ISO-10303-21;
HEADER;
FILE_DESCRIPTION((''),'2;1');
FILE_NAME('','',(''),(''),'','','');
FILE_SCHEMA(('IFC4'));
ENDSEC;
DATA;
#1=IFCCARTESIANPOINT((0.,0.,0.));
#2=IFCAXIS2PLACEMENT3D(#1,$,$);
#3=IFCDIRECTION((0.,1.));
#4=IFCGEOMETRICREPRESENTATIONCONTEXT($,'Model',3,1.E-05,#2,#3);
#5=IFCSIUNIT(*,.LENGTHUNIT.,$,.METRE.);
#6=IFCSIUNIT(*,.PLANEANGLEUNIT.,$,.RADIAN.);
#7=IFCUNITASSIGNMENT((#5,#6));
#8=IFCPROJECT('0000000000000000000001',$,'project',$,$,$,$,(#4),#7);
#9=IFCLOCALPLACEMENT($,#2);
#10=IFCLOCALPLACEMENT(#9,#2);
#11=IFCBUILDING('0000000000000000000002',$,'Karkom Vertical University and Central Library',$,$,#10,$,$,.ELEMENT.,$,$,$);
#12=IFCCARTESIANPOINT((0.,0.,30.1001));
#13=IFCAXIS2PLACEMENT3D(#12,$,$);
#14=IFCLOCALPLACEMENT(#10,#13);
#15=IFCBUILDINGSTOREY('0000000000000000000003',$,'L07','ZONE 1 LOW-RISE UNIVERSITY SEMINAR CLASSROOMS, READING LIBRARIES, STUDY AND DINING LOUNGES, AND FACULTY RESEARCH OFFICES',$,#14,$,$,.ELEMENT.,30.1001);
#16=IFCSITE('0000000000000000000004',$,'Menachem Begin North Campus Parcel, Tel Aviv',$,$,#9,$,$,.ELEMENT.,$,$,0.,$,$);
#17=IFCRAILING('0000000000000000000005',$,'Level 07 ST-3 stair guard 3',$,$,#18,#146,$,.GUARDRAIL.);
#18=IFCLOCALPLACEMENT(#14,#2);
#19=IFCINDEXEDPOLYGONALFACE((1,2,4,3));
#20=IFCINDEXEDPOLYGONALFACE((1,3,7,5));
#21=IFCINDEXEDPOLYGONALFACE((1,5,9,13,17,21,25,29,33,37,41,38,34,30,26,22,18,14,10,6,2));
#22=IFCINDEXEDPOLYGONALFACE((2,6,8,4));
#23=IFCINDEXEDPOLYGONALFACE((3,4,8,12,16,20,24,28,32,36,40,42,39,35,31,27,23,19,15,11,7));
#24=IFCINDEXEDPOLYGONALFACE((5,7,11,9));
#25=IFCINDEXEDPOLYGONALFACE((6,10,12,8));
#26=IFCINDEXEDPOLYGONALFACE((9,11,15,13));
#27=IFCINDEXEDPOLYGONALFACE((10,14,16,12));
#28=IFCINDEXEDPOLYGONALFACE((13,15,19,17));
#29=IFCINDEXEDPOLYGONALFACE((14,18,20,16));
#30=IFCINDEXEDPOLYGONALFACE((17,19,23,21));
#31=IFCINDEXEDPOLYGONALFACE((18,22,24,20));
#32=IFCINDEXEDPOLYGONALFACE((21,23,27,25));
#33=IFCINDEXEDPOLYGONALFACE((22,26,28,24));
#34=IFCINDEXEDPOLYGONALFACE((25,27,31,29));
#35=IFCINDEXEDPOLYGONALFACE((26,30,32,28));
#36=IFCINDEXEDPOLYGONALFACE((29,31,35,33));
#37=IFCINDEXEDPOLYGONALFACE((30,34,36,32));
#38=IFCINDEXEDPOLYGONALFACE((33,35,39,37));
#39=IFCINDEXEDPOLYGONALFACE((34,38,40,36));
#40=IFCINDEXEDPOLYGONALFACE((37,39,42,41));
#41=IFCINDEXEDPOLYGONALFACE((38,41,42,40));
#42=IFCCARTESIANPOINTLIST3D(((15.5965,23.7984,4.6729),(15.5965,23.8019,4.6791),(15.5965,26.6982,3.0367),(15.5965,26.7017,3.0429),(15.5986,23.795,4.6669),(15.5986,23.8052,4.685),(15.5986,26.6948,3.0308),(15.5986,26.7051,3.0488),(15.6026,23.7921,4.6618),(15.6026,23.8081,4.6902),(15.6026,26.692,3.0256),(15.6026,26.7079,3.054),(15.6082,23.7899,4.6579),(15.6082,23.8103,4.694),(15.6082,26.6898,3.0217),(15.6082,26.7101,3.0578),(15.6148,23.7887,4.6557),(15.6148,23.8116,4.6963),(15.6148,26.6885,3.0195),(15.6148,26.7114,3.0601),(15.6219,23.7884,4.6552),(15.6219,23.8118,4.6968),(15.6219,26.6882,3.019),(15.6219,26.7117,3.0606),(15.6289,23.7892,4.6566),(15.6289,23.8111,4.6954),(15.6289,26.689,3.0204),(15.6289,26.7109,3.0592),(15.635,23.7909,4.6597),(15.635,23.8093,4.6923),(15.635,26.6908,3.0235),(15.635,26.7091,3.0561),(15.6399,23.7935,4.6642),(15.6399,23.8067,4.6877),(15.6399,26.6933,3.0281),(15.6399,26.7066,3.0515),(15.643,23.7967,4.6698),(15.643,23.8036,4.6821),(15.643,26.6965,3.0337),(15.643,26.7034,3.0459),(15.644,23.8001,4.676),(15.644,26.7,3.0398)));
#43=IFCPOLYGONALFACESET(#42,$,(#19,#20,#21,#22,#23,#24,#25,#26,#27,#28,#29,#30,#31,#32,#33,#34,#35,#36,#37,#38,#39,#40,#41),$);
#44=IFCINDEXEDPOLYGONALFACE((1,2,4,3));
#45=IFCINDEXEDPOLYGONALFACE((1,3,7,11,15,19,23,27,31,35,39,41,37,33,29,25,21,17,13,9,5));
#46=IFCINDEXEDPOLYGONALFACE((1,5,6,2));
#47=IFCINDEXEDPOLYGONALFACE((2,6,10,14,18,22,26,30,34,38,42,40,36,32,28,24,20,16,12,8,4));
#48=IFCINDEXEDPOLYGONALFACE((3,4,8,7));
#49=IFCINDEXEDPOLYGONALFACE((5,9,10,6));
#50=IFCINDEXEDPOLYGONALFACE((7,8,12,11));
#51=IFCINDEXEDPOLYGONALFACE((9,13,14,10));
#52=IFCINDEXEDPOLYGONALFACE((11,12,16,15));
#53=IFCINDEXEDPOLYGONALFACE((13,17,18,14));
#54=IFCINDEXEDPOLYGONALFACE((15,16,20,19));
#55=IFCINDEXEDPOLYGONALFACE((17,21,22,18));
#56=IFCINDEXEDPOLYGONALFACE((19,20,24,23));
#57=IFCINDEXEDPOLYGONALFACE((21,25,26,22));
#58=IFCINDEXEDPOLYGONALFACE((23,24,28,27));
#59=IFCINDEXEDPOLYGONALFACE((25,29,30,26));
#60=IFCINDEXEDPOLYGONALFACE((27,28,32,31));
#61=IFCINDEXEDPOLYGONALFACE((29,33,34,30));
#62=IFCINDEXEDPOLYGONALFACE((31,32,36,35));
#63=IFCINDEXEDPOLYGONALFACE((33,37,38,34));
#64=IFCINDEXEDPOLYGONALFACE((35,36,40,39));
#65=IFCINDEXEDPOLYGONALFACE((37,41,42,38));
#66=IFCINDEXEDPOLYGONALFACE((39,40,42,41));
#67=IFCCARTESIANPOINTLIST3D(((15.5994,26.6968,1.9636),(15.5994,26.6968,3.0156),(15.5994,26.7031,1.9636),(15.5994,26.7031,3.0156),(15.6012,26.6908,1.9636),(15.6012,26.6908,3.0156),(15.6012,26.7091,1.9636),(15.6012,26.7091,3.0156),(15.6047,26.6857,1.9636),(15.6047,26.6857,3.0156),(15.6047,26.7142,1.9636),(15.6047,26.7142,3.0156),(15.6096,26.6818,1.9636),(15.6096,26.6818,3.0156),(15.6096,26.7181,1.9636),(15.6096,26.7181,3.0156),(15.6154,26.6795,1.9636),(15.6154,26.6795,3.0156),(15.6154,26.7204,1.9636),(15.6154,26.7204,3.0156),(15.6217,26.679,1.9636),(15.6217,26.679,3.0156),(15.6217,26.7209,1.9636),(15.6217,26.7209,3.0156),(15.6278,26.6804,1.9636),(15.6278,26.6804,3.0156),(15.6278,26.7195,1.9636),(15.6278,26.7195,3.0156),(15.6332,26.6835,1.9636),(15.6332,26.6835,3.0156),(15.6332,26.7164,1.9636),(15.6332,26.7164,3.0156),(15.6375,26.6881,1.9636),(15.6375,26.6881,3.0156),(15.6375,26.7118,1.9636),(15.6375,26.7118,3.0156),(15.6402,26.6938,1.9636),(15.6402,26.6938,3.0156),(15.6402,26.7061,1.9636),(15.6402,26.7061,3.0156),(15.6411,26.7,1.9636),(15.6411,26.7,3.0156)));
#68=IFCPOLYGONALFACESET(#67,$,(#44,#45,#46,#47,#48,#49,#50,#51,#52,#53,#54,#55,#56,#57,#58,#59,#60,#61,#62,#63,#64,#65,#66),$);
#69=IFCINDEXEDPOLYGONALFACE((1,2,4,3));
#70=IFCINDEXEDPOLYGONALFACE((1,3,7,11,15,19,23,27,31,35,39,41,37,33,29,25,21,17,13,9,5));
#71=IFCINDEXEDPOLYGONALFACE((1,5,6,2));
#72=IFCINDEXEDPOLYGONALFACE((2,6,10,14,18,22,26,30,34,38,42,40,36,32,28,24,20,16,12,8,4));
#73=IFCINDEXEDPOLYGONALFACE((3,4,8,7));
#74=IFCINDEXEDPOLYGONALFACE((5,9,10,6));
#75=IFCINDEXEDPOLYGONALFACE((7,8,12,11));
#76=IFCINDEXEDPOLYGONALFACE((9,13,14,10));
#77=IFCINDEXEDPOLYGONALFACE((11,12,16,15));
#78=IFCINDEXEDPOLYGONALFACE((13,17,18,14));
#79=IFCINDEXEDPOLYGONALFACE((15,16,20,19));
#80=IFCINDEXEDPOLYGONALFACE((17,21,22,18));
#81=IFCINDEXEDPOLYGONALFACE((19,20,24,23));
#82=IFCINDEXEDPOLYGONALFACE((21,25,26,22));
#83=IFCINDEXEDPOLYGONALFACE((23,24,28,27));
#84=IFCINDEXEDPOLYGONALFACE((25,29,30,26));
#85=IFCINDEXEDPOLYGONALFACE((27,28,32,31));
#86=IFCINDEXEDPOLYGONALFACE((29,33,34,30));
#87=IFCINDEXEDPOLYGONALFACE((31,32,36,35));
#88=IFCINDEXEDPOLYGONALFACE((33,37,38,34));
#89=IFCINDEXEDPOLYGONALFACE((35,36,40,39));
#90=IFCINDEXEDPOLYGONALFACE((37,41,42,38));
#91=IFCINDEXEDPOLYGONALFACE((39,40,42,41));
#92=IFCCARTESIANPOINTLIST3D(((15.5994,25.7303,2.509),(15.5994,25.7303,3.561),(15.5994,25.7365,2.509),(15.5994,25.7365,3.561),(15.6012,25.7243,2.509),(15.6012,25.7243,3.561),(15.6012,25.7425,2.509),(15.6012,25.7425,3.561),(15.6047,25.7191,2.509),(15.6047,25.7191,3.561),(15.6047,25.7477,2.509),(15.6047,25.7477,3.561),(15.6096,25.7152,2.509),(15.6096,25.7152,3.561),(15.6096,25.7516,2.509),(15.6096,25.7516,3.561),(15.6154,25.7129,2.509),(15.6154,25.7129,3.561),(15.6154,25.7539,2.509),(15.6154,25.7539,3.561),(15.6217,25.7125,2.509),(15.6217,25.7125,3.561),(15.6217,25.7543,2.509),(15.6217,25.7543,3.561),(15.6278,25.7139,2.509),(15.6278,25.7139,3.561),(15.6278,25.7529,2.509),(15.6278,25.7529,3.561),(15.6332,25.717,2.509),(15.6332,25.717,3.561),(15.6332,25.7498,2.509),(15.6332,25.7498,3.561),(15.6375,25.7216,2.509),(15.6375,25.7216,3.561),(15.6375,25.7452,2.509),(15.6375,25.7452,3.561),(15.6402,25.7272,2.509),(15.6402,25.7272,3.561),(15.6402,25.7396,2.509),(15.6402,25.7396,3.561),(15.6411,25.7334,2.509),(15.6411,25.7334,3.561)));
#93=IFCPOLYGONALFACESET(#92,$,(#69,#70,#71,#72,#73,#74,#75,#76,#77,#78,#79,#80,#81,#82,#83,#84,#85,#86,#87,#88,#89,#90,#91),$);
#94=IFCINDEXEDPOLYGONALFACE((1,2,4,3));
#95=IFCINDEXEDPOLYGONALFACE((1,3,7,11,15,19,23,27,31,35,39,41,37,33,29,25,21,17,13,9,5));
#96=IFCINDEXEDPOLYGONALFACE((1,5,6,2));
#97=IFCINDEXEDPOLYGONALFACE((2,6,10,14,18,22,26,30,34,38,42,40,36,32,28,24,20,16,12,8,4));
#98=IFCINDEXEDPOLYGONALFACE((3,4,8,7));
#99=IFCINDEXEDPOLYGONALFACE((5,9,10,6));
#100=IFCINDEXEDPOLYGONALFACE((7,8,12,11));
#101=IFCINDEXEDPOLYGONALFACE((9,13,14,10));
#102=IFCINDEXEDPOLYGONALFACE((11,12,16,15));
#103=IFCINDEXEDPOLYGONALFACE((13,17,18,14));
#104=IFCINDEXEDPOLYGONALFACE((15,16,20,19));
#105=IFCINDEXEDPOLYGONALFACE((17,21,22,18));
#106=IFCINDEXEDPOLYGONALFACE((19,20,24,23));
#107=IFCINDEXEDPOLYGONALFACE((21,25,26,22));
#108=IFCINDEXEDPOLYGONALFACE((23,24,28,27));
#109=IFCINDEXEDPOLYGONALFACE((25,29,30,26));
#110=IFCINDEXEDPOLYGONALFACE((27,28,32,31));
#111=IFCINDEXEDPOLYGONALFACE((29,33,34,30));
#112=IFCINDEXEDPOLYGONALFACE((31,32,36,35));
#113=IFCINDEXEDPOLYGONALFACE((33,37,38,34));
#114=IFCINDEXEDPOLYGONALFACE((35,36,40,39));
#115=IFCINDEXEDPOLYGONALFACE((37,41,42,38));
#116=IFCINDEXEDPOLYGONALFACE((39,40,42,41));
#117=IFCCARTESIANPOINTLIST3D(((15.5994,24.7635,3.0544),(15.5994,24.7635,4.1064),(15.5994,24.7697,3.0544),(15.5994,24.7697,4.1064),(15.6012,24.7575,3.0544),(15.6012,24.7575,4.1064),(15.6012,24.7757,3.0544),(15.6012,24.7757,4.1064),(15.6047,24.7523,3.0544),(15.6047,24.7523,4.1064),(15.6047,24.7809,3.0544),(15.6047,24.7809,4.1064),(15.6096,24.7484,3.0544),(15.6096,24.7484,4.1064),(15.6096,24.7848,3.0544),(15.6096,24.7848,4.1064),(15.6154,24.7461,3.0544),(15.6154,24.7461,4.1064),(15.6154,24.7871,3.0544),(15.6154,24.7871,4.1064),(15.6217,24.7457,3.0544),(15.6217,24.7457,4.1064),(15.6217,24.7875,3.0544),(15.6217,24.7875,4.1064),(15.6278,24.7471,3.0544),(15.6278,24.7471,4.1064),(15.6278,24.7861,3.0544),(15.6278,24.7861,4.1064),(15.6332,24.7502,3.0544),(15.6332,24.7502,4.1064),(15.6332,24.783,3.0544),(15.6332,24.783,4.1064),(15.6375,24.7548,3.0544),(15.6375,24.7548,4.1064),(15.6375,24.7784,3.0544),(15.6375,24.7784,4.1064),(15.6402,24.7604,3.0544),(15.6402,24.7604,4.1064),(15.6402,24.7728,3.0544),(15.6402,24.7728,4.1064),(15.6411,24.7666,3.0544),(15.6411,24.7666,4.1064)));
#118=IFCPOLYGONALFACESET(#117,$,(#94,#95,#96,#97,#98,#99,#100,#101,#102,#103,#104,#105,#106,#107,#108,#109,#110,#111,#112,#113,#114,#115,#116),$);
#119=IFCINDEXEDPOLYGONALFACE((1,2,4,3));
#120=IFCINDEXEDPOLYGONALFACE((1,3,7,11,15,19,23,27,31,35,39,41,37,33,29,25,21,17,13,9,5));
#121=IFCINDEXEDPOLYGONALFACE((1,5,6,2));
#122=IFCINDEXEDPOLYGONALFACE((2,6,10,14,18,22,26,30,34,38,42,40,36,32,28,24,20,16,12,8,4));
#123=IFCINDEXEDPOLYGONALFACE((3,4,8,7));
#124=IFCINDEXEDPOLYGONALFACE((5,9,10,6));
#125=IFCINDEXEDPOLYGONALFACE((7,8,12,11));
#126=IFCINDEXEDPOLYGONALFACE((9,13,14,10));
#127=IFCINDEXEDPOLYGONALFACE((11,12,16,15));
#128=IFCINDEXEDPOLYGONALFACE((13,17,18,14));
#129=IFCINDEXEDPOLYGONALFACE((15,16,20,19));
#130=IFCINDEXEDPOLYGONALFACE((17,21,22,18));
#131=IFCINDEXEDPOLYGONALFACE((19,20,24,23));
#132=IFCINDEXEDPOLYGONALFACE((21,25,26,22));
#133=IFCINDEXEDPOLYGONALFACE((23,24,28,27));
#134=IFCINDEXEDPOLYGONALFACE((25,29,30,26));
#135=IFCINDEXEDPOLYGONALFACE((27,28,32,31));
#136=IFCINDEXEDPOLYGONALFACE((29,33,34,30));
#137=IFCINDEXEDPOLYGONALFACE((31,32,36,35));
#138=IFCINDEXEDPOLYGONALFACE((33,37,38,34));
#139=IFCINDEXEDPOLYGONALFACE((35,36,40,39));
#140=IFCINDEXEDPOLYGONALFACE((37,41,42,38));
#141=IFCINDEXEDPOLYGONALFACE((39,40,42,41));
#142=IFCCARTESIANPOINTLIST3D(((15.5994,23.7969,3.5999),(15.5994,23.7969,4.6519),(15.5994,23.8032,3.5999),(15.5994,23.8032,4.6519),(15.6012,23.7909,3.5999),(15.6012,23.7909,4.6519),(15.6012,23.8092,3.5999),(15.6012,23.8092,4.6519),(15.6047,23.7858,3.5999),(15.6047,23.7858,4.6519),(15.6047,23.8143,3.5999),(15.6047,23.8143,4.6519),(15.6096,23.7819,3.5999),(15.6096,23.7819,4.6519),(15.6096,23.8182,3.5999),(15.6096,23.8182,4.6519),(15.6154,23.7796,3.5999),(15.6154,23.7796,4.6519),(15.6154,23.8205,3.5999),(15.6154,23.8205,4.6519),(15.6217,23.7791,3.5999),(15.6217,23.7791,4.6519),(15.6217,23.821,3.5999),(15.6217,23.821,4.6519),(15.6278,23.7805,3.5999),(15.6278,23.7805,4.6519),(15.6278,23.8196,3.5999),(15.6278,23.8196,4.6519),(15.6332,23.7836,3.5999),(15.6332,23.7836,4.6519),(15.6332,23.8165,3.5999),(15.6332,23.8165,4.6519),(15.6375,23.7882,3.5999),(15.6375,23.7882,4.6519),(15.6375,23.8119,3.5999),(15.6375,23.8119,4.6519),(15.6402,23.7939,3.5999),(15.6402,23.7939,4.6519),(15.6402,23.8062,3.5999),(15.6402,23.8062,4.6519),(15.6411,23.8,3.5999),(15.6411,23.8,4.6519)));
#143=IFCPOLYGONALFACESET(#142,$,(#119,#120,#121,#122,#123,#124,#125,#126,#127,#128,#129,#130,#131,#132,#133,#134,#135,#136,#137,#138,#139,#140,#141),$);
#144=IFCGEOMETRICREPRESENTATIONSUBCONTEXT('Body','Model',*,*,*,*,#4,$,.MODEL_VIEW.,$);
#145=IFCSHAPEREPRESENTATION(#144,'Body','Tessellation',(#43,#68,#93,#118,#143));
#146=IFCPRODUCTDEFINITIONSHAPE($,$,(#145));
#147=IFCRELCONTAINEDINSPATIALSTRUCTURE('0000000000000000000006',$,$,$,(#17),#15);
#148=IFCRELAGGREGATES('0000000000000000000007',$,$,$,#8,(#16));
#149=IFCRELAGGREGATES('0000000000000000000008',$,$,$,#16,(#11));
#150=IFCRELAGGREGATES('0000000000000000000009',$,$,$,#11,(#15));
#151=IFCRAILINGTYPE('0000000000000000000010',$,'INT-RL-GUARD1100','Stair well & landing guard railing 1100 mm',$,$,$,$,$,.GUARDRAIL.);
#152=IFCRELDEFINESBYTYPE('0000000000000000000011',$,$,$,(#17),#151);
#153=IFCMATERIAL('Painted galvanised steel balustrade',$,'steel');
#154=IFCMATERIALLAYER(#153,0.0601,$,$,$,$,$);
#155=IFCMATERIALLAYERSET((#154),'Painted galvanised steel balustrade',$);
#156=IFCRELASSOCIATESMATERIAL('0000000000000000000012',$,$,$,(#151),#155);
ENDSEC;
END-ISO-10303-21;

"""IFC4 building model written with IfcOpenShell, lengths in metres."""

from ifc_helpers import new_model, si_unit, direction, frame, origin, origin_2d, place, context, subcontext, project, spatial, circle, extrude, material, layer, layer_set, type_object, element, save


model = new_model("IFC4")

# Units and contexts
model_context = context("Model", 3, precision=1e-05, world=origin(), true_north=direction((0.0, 1.0)))
body_context = subcontext(model_context, "Body", "Model", "MODEL_VIEW")
ifc_project = project(units=[si_unit("LENGTHUNIT", "METRE"), si_unit("PLANEANGLEUNIT", "RADIAN")], contexts=[model_context])

# Site, building, storey
site_placement = place(None, origin())
site = spatial("IfcSite", under=ifc_project, at=site_placement, Name="Menachem Begin North Campus Parcel, Tel Aviv", CompositionType="ELEMENT", RefElevation=0.0)
building_placement = place(site_placement, origin())
building = spatial("IfcBuilding", under=site, at=building_placement, Name="Karkom Vertical University and Central Library", CompositionType="ELEMENT")
storey_placement = place(building_placement, frame((0.0, 0.0, 30.1001)))
storey = spatial("IfcBuildingStorey", under=building, at=storey_placement, Name="L07", Description="ZONE 1 LOW-RISE UNIVERSITY SEMINAR CLASSROOMS, READING LIBRARIES, STUDY AND DINING LOUNGES, AND FACULTY RESEARCH OFFICES", CompositionType="ELEMENT", Elevation=30.1001)

# Railing
ifc_material_1 = material(Name="Painted galvanised steel balustrade", Category="steel")
ifc_layer_1 = layer(ifc_material_1, 0.0601)
ifc_layer_set_1 = layer_set([ifc_layer_1], Name="Painted galvanised steel balustrade")
railing_type_1 = type_object("IfcRailingType", Name="INT-RL-GUARD1100", Description="Stair well & landing guard railing 1100 mm", PredefinedType="GUARDRAIL", material=ifc_layer_set_1)
railing_1_placement = place(storey_placement, frame((15.6201, 26.7, 1.9636)))
element("IfcRailing", 1, at=railing_1_placement, inside=storey, type_object=railing_type_1, Name="Level 07 ST-3 stair guard 3", PredefinedType="GUARDRAIL", context=body_context, shape_type="SweptSolid", body=[
    extrude(circle(Radius=0.0239, at=origin_2d()), frame((0.0, 0.0, 1.0762), z_axis=(0.0, -0.870929, 0.49141), x_axis=(1.0, 0.0, 0.0)), (0.0, 0.0, 1.0), 3.3296),
    extrude(circle(Radius=0.021, at=origin_2d()), origin(), (0.0, 0.0, 1.0), 1.052),
    extrude(circle(Radius=0.021, at=origin_2d()), frame((0.0, -0.9666, 0.5454)), (0.0, 0.0, 1.0), 1.052),
    extrude(circle(Radius=0.021, at=origin_2d()), frame((0.0, -1.9333, 1.0908)), (0.0, 0.0, 1.0), 1.052),
    extrude(circle(Radius=0.021, at=origin_2d()), frame((0.0, -2.8999, 1.6362)), (0.0, 0.0, 1.0), 1.052),
])

save(model, "model.ifc")
